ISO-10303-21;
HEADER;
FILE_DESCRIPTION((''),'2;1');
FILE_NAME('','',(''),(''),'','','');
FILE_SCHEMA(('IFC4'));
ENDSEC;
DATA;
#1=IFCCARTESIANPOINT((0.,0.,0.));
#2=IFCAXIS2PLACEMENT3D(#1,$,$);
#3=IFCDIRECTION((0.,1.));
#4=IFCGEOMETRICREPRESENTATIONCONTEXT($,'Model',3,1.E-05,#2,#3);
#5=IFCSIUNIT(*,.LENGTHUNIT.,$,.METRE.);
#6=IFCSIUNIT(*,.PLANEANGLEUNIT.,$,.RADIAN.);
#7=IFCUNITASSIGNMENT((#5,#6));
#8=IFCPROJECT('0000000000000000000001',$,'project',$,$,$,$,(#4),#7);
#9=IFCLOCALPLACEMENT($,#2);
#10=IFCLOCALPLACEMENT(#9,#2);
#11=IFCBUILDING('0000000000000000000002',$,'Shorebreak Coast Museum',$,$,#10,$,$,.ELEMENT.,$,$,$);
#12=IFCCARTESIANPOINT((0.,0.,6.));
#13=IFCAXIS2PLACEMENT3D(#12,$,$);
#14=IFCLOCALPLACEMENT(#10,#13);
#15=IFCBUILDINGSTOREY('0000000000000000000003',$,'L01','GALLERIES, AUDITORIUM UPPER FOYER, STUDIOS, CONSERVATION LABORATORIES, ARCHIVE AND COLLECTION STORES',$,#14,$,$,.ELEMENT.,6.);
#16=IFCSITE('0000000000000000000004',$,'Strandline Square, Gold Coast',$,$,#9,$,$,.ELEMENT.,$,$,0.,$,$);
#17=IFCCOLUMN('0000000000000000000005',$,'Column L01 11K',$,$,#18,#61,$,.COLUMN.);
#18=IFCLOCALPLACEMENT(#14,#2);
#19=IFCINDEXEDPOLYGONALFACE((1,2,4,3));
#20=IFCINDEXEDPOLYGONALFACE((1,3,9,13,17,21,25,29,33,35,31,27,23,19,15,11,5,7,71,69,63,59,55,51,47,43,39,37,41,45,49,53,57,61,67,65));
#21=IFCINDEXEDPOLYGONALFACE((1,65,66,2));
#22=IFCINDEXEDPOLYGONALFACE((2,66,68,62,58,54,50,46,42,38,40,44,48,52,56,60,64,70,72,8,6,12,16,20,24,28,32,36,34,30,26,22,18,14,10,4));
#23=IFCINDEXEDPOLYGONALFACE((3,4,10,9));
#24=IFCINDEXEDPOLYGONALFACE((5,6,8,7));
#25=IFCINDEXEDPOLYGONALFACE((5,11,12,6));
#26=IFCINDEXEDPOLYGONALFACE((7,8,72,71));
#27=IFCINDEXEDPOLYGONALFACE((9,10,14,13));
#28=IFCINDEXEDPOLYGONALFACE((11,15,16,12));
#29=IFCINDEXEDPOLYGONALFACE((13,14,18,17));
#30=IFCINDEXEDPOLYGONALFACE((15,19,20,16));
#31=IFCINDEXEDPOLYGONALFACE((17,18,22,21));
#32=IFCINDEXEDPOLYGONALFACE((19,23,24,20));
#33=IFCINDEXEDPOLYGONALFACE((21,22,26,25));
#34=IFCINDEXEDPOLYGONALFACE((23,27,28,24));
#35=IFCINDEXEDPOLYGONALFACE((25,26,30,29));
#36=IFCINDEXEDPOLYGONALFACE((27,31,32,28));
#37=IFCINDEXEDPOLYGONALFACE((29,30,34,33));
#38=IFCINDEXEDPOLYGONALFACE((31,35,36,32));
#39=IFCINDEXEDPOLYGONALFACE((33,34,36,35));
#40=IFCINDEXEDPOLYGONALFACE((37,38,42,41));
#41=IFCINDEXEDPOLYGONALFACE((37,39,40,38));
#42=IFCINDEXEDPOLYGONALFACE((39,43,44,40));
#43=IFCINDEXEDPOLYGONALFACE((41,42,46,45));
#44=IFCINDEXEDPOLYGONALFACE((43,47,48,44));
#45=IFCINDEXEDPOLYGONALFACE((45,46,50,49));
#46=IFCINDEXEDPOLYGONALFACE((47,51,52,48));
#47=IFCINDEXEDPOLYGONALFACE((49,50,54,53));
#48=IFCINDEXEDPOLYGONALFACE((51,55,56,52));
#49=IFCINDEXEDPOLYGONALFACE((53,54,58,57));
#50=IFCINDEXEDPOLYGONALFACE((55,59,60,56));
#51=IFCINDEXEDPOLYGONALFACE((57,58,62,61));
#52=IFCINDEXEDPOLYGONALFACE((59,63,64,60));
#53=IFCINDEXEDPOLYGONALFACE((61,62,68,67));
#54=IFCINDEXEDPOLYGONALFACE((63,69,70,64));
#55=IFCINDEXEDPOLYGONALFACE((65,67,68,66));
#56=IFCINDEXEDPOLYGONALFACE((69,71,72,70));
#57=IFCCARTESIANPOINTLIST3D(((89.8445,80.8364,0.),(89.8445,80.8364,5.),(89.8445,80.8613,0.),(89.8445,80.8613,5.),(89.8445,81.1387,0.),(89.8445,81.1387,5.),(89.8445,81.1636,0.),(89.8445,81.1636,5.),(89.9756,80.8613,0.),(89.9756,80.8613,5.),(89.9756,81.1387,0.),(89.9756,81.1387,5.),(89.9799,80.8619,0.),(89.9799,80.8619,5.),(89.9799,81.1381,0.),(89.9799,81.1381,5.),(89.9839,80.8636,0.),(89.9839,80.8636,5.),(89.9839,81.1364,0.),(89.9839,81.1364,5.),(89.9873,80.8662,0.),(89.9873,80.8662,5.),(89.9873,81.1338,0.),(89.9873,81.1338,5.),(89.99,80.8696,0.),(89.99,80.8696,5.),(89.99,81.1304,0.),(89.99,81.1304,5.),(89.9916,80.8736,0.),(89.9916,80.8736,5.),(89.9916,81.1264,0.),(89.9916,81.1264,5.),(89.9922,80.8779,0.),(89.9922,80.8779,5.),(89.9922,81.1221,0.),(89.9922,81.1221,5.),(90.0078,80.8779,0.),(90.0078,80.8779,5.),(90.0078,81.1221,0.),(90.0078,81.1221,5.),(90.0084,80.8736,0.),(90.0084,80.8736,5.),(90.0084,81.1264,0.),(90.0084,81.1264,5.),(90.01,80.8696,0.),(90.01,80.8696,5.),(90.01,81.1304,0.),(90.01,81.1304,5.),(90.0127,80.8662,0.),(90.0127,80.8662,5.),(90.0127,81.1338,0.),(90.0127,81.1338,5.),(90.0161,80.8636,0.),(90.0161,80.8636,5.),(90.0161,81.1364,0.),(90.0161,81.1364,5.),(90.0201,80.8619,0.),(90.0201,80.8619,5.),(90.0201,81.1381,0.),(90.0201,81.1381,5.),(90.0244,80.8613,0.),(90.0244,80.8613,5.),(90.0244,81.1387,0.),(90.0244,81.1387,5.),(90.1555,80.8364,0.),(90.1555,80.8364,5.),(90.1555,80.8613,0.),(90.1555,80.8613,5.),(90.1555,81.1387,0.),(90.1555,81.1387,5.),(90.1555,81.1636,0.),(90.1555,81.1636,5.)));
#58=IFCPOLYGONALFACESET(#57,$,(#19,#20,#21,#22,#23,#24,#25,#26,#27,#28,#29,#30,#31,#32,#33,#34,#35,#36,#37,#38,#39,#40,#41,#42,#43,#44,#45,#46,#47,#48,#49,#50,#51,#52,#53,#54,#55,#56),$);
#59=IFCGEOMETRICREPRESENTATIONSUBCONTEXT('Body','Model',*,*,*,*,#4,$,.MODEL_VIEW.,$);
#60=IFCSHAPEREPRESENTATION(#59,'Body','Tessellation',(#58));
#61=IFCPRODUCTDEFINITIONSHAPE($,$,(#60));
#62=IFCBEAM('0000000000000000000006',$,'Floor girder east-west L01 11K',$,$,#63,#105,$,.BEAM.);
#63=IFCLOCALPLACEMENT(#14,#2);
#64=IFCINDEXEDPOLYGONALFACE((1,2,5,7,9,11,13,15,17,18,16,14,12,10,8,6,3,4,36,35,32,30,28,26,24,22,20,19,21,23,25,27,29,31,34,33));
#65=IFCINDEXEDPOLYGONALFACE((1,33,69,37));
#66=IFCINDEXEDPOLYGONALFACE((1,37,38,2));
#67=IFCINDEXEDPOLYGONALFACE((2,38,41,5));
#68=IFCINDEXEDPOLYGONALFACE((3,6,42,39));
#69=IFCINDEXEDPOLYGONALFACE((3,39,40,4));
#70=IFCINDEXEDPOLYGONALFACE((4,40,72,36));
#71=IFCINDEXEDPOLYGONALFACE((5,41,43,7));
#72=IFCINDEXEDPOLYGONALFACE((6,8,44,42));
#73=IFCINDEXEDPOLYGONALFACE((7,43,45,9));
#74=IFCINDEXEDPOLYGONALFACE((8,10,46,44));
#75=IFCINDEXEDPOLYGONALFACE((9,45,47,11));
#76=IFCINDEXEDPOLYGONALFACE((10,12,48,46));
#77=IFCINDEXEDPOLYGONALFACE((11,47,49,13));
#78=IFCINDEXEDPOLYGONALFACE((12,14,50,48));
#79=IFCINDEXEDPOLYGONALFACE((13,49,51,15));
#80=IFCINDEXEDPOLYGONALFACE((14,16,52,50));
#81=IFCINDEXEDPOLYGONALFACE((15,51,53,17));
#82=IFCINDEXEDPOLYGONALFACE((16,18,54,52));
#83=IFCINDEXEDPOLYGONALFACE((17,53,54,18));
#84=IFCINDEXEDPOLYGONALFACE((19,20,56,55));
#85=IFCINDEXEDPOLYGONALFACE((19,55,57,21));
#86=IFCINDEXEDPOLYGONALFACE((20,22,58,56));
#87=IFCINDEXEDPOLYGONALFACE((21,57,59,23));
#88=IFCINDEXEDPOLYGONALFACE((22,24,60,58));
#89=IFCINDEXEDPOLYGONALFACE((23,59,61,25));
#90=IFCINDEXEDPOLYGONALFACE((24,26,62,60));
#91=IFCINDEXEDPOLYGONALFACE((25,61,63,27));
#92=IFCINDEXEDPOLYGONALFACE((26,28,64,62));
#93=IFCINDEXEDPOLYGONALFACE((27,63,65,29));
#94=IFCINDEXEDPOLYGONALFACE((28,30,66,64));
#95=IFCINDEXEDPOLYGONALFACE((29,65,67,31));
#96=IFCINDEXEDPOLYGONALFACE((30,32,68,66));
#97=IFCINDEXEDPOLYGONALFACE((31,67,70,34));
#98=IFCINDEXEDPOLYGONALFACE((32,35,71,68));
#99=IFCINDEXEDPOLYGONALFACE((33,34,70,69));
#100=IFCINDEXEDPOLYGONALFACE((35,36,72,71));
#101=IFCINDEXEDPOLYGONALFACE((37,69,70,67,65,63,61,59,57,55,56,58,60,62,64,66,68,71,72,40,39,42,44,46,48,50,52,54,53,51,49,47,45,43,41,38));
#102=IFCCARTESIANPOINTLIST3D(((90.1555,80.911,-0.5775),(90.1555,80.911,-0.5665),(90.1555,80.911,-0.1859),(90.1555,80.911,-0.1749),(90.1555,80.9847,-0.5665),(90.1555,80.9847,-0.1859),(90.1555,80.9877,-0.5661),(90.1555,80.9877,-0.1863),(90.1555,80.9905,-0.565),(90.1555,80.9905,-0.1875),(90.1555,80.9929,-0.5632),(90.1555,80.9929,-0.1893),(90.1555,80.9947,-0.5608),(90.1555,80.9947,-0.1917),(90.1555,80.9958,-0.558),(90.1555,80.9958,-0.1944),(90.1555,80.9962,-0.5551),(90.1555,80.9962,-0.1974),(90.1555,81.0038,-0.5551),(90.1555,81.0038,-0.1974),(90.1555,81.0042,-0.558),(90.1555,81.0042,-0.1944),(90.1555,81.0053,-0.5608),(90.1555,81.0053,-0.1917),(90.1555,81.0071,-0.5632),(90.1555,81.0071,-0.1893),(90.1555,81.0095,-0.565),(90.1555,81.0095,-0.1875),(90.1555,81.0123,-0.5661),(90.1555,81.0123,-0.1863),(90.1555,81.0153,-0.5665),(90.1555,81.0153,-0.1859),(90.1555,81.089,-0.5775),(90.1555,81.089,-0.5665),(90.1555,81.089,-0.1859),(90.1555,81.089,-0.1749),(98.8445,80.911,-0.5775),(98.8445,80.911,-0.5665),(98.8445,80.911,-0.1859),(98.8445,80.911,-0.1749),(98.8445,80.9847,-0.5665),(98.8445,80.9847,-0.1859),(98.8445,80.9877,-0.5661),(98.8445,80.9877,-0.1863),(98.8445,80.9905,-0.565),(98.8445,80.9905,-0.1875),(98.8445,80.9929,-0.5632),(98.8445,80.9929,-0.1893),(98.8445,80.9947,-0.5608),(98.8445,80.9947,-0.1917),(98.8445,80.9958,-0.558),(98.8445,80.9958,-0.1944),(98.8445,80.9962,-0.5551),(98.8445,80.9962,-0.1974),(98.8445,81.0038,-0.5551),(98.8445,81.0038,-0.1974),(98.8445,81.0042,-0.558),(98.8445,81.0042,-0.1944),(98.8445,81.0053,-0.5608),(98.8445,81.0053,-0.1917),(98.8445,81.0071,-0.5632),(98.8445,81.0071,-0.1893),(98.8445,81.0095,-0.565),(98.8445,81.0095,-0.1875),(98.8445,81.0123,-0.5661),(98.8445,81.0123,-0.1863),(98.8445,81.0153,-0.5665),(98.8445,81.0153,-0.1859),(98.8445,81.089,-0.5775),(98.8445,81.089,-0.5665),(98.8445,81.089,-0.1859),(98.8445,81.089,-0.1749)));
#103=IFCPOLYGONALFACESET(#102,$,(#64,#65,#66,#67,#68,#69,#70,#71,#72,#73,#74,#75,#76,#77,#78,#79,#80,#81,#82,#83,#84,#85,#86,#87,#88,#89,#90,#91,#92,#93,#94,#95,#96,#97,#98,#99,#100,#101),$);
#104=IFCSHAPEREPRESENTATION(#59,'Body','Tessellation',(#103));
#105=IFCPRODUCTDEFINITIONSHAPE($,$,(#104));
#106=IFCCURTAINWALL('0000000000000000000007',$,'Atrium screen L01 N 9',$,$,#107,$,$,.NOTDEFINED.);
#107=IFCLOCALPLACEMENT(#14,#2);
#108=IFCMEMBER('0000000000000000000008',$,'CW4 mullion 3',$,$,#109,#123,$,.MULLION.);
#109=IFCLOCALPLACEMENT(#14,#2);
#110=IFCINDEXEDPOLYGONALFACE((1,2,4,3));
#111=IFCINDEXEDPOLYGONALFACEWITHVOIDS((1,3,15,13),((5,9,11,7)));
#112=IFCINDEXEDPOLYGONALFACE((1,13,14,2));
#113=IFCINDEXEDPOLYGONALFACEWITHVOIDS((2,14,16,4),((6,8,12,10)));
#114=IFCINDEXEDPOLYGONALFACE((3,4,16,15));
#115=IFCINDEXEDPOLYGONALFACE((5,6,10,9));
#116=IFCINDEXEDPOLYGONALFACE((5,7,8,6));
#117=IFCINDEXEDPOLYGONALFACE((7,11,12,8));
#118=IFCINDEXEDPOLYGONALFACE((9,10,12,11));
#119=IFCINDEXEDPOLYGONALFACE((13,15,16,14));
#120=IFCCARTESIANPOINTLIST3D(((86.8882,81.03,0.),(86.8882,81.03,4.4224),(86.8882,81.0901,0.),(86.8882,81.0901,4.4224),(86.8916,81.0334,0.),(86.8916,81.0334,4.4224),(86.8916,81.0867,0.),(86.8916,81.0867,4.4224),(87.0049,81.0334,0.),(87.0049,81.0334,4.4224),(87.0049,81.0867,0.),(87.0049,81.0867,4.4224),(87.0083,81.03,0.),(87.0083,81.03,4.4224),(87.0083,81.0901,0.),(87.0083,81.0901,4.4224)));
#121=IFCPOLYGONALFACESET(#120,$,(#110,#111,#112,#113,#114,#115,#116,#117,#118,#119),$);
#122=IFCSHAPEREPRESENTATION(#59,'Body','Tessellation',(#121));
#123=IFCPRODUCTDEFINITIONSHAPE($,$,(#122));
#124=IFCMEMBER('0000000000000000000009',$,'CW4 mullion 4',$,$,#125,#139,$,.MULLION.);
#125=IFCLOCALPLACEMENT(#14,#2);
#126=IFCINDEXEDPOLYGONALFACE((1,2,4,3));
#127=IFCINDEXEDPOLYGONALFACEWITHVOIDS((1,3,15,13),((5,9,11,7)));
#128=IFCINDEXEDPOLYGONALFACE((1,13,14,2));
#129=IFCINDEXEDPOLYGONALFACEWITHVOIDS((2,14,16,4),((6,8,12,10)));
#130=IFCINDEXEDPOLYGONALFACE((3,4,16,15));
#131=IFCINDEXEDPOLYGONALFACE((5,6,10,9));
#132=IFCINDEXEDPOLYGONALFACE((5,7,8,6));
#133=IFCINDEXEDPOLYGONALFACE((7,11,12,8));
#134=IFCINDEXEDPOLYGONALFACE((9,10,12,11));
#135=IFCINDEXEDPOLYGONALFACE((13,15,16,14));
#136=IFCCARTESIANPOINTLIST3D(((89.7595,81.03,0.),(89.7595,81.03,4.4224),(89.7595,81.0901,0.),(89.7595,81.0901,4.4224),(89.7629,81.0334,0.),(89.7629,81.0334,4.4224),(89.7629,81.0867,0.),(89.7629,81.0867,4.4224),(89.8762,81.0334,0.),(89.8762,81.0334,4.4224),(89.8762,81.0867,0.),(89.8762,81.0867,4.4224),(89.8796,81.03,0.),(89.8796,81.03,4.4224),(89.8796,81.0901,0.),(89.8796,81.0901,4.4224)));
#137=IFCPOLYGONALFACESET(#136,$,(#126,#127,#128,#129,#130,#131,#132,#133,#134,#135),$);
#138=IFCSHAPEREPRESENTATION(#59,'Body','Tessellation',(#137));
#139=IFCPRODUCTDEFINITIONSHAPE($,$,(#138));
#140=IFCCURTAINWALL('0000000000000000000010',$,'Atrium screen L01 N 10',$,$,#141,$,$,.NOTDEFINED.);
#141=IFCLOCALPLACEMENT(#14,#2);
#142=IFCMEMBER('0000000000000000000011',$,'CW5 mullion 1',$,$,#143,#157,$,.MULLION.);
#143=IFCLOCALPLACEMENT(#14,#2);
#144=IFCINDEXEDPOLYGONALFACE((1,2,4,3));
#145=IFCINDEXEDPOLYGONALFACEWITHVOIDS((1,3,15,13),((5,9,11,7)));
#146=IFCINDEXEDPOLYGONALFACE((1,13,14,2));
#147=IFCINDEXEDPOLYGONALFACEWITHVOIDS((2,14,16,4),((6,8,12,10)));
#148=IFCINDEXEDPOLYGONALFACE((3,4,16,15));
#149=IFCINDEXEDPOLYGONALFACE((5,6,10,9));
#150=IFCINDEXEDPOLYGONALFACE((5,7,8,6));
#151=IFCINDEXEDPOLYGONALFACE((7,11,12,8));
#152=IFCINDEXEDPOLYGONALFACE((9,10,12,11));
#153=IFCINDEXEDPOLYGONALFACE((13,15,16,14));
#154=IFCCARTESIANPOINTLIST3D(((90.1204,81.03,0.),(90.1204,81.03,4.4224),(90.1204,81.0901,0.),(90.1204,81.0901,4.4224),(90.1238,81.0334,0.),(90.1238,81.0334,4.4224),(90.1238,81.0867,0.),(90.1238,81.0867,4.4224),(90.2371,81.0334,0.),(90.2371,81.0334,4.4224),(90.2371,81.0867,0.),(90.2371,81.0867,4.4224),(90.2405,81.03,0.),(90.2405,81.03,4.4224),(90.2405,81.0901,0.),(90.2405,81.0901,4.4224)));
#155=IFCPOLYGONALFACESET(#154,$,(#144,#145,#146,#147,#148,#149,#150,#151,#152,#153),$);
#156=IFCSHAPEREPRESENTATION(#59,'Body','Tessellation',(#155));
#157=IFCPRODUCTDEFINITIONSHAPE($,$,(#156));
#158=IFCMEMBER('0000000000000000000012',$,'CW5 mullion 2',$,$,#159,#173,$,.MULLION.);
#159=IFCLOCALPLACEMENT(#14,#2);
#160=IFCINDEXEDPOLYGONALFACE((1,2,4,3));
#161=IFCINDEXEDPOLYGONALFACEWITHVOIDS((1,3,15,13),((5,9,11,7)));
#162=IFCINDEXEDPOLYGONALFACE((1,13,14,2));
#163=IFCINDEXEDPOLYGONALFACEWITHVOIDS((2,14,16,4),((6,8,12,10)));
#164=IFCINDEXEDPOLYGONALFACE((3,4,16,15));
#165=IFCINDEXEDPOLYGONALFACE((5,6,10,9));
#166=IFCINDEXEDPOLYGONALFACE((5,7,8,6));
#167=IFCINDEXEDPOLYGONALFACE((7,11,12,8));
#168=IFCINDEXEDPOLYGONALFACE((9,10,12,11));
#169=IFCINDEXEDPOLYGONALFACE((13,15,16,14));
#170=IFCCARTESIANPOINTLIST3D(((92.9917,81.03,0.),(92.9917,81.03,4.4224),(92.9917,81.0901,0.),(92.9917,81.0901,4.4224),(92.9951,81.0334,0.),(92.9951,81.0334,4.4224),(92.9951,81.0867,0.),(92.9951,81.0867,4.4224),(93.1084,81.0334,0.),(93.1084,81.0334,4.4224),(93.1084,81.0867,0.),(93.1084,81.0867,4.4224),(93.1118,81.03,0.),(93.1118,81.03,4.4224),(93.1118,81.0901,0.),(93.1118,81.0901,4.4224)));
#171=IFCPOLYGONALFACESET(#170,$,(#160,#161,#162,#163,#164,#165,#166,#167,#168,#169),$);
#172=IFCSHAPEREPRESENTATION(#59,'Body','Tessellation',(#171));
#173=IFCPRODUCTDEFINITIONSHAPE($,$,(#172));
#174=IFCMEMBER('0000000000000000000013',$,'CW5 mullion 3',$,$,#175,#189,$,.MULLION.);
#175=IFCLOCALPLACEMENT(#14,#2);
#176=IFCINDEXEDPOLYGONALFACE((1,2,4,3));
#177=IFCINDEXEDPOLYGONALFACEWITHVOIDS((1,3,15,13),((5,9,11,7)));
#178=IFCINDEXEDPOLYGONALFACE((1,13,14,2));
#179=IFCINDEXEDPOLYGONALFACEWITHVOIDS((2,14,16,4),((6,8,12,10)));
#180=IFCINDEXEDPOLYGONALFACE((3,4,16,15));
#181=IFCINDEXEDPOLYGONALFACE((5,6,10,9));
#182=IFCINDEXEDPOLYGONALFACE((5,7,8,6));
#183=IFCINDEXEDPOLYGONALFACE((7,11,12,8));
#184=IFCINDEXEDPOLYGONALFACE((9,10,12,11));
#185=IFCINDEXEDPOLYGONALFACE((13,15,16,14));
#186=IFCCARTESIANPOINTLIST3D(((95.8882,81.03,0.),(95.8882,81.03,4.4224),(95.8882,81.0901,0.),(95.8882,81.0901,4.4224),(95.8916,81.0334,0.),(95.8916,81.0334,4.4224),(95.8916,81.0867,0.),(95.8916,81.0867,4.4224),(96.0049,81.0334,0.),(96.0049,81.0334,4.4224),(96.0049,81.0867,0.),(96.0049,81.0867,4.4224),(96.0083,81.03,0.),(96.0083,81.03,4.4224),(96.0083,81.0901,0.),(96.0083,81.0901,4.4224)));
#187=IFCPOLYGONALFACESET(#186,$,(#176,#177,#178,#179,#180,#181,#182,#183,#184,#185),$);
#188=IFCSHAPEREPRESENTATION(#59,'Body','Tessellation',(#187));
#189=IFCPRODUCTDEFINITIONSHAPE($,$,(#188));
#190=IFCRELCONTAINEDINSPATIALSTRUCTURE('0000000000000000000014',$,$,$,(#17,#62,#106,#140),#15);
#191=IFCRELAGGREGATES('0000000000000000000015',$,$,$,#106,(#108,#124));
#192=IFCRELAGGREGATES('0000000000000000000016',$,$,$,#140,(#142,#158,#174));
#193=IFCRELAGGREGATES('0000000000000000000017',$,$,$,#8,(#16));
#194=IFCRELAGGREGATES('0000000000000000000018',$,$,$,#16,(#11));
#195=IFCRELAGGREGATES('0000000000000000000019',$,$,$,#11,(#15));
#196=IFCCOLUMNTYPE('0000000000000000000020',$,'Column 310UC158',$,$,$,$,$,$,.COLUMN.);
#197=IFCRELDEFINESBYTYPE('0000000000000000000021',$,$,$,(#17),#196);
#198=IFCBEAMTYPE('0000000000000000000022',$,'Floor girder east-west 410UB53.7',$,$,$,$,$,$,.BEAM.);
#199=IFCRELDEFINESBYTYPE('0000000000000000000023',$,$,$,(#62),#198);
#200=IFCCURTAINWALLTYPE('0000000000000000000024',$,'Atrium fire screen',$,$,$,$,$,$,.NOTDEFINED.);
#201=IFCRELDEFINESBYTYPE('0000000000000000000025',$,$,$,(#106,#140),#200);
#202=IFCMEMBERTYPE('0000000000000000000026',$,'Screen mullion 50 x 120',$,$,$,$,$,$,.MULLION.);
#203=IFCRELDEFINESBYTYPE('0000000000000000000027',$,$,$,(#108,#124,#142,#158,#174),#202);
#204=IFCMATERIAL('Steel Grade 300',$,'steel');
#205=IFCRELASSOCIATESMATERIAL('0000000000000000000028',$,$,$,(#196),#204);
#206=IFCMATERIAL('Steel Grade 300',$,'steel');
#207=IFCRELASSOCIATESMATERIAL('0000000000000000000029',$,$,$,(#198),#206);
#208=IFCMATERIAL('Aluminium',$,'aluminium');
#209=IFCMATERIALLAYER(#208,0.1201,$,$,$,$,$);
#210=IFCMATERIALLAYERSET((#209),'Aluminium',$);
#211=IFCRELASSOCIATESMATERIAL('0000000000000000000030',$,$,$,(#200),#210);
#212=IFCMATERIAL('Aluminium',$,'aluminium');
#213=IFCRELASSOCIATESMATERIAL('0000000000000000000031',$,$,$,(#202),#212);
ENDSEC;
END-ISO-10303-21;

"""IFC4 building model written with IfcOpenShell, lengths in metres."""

from ifc_helpers import new_model, si_unit, direction, frame, origin, origin_2d, place, context, subcontext, project, spatial, hollow_rectangle, i_section, extrude, material, layer, layer_set, material_profile, profile_set, type_object, element, aggregate, save


model = new_model("IFC4")

# Units and contexts
model_context = context("Model", 3, precision=1e-05, world=origin(), true_north=direction((0.0, 1.0)))
body_context = subcontext(model_context, "Body", "Model", "MODEL_VIEW")
ifc_project = project(units=[si_unit("LENGTHUNIT", "METRE"), si_unit("PLANEANGLEUNIT", "RADIAN")], contexts=[model_context])

# Site, building, storey
site_placement = place(None, origin())
site = spatial("IfcSite", under=ifc_project, at=site_placement, Name="Strandline Square, Gold Coast", CompositionType="ELEMENT", RefElevation=0.0)
building_placement = place(site_placement, origin())
building = spatial("IfcBuilding", under=site, at=building_placement, Name="Shorebreak Coast Museum", CompositionType="ELEMENT")
storey_placement = place(building_placement, frame((0.0, 0.0, 6.0)))
storey = spatial("IfcBuildingStorey", under=building, at=storey_placement, Name="L01", Description="GALLERIES, AUDITORIUM UPPER FOYER, STUDIOS, CONSERVATION LABORATORIES, ARCHIVE AND COLLECTION STORES", CompositionType="ELEMENT", Elevation=6.0)

# Column
ifc_material_1 = material(Name="Steel Grade 300", Category="steel")
ifc_material_profile_1 = material_profile(ifc_material_1, i_section(OverallWidth=0.311, OverallDepth=0.3271, WebThickness=0.0156, FlangeThickness=0.0249, FilletRadius=0.0166, at=origin_2d()), Name="310UC158")
ifc_profile_set_1 = profile_set([ifc_material_profile_1], Name="Steel Grade 300")
column_type = type_object("IfcColumnType", Name="Column 310UC158", PredefinedType="COLUMN", material=ifc_profile_set_1)
column_placement = place(storey_placement, frame((90.0, 81.0, 0.0), z_axis=(0.0, 0.0, 1.0), x_axis=(1.0, 0.0, 0.0)))
element("IfcColumn", 1, at=column_placement, inside=storey, type_object=column_type, Name="Column L01 11K", PredefinedType="COLUMN", context=body_context, shape_type="SweptSolid", body=[
    extrude(i_section(OverallWidth=0.311, OverallDepth=0.3271, WebThickness=0.0156, FlangeThickness=0.0249, FilletRadius=0.0166, at=origin_2d()), origin(), (0.0, 0.0, 1.0), 5.0),
])

# Beam
ifc_material_2 = material(Name="Steel Grade 300", Category="steel")
ifc_material_profile_2 = material_profile(ifc_material_2, i_section(OverallWidth=0.178, OverallDepth=0.4026, WebThickness=0.0076, FlangeThickness=0.011, FilletRadius=0.0115, at=origin_2d()), Name="410UB53.7")
ifc_profile_set_2 = profile_set([ifc_material_profile_2], Name="Steel Grade 300")
beam_type = type_object("IfcBeamType", Name="Floor girder east-west 410UB53.7", PredefinedType="BEAM", material=ifc_profile_set_2)
beam_placement = place(storey_placement, frame((90.1555, 81.0, -0.3762), z_axis=(1.0, 0.0, 0.0), x_axis=(0.0, 1.0, 0.0)))
element("IfcBeam", 2, at=beam_placement, inside=storey, type_object=beam_type, Name="Floor girder east-west L01 11K", PredefinedType="BEAM", context=body_context, shape_type="SweptSolid", body=[
    extrude(i_section(OverallWidth=0.178, OverallDepth=0.4026, WebThickness=0.0076, FlangeThickness=0.011, FilletRadius=0.0115, at=origin_2d()), origin(), (0.0, 0.0, 1.0), 8.689),
])

# Curtain walls, members
ifc_material_3 = material(Name="Aluminium", Category="aluminium")
ifc_layer_1 = layer(ifc_material_3, 0.1201)
ifc_layer_set_1 = layer_set([ifc_layer_1], Name="Aluminium")
curtain_wall_type = type_object("IfcCurtainWallType", Name="Atrium fire screen", PredefinedType="NOTDEFINED", material=ifc_layer_set_1)
curtain_wall_1_placement = place(storey_placement, origin())
curtain_wall_1 = element("IfcCurtainWall", 3, at=curtain_wall_1_placement, inside=storey, type_object=curtain_wall_type, Name="Atrium screen L01 N 9", PredefinedType="NOTDEFINED")
ifc_material_4 = material(Name="Aluminium", Category="aluminium")
ifc_material_profile_3 = material_profile(ifc_material_4, hollow_rectangle(XDim=0.0601, YDim=0.1201, WallThickness=0.0034, at=origin_2d()), Name="AL 120x60 RHS")
ifc_profile_set_3 = profile_set([ifc_material_profile_3], Name="Aluminium")
member_type_1 = type_object("IfcMemberType", Name="Screen mullion 50 x 120", PredefinedType="MULLION", material=ifc_profile_set_3)
member_1_placement = place(storey_placement, frame((86.9482, 81.0601, 0.0), z_axis=(0.0, 0.0, 1.0), x_axis=(0.0, 1.0, 0.0)))
member_1 = element("IfcMember", 4, at=member_1_placement, type_object=member_type_1, Name="CW4 mullion 3", PredefinedType="MULLION", context=body_context, shape_type="SweptSolid", body=[
    extrude(hollow_rectangle(XDim=0.0601, YDim=0.1201, WallThickness=0.0034, at=origin_2d()), origin(), (0.0, 0.0, 1.0), 4.4224),
])
member_2_placement = place(storey_placement, frame((89.8196, 81.0601, 0.0), z_axis=(0.0, 0.0, 1.0), x_axis=(0.0, 1.0, 0.0)))
member_2 = element("IfcMember", 5, at=member_2_placement, type_object=member_type_1, Name="CW4 mullion 4", PredefinedType="MULLION", context=body_context, shape_type="SweptSolid", body=[
    extrude(hollow_rectangle(XDim=0.0601, YDim=0.1201, WallThickness=0.0034, at=origin_2d()), origin(), (0.0, 0.0, 1.0), 4.4224),
])
curtain_wall_2_placement = place(storey_placement, origin())
curtain_wall_2 = element("IfcCurtainWall", 6, at=curtain_wall_2_placement, inside=storey, type_object=curtain_wall_type, Name="Atrium screen L01 N 10", PredefinedType="NOTDEFINED")
member_3_placement = place(storey_placement, frame((90.1804, 81.0601, 0.0), z_axis=(0.0, 0.0, 1.0), x_axis=(0.0, 1.0, 0.0)))
member_3 = element("IfcMember", 7, at=member_3_placement, type_object=member_type_1, Name="CW5 mullion 1", PredefinedType="MULLION", context=body_context, shape_type="SweptSolid", body=[
    extrude(hollow_rectangle(XDim=0.0601, YDim=0.1201, WallThickness=0.0034, at=origin_2d()), origin(), (0.0, 0.0, 1.0), 4.4224),
])
member_4_placement = place(storey_placement, frame((93.0518, 81.0601, 0.0), z_axis=(0.0, 0.0, 1.0), x_axis=(0.0, 1.0, 0.0)))
member_4 = element("IfcMember", 8, at=member_4_placement, type_object=member_type_1, Name="CW5 mullion 2", PredefinedType="MULLION", context=body_context, shape_type="SweptSolid", body=[
    extrude(hollow_rectangle(XDim=0.0601, YDim=0.1201, WallThickness=0.0034, at=origin_2d()), origin(), (0.0, 0.0, 1.0), 4.4224),
])
member_5_placement = place(storey_placement, frame((95.9482, 81.0601, 0.0), z_axis=(0.0, 0.0, 1.0), x_axis=(0.0, 1.0, 0.0)))
member_5 = element("IfcMember", 9, at=member_5_placement, type_object=member_type_1, Name="CW5 mullion 3", PredefinedType="MULLION", context=body_context, shape_type="SweptSolid", body=[
    extrude(hollow_rectangle(XDim=0.0601, YDim=0.1201, WallThickness=0.0034, at=origin_2d()), origin(), (0.0, 0.0, 1.0), 4.4224),
])

aggregate(curtain_wall_1, [member_1, member_2])
aggregate(curtain_wall_2, [member_3, member_4, member_5])

save(model, "model.ifc")
